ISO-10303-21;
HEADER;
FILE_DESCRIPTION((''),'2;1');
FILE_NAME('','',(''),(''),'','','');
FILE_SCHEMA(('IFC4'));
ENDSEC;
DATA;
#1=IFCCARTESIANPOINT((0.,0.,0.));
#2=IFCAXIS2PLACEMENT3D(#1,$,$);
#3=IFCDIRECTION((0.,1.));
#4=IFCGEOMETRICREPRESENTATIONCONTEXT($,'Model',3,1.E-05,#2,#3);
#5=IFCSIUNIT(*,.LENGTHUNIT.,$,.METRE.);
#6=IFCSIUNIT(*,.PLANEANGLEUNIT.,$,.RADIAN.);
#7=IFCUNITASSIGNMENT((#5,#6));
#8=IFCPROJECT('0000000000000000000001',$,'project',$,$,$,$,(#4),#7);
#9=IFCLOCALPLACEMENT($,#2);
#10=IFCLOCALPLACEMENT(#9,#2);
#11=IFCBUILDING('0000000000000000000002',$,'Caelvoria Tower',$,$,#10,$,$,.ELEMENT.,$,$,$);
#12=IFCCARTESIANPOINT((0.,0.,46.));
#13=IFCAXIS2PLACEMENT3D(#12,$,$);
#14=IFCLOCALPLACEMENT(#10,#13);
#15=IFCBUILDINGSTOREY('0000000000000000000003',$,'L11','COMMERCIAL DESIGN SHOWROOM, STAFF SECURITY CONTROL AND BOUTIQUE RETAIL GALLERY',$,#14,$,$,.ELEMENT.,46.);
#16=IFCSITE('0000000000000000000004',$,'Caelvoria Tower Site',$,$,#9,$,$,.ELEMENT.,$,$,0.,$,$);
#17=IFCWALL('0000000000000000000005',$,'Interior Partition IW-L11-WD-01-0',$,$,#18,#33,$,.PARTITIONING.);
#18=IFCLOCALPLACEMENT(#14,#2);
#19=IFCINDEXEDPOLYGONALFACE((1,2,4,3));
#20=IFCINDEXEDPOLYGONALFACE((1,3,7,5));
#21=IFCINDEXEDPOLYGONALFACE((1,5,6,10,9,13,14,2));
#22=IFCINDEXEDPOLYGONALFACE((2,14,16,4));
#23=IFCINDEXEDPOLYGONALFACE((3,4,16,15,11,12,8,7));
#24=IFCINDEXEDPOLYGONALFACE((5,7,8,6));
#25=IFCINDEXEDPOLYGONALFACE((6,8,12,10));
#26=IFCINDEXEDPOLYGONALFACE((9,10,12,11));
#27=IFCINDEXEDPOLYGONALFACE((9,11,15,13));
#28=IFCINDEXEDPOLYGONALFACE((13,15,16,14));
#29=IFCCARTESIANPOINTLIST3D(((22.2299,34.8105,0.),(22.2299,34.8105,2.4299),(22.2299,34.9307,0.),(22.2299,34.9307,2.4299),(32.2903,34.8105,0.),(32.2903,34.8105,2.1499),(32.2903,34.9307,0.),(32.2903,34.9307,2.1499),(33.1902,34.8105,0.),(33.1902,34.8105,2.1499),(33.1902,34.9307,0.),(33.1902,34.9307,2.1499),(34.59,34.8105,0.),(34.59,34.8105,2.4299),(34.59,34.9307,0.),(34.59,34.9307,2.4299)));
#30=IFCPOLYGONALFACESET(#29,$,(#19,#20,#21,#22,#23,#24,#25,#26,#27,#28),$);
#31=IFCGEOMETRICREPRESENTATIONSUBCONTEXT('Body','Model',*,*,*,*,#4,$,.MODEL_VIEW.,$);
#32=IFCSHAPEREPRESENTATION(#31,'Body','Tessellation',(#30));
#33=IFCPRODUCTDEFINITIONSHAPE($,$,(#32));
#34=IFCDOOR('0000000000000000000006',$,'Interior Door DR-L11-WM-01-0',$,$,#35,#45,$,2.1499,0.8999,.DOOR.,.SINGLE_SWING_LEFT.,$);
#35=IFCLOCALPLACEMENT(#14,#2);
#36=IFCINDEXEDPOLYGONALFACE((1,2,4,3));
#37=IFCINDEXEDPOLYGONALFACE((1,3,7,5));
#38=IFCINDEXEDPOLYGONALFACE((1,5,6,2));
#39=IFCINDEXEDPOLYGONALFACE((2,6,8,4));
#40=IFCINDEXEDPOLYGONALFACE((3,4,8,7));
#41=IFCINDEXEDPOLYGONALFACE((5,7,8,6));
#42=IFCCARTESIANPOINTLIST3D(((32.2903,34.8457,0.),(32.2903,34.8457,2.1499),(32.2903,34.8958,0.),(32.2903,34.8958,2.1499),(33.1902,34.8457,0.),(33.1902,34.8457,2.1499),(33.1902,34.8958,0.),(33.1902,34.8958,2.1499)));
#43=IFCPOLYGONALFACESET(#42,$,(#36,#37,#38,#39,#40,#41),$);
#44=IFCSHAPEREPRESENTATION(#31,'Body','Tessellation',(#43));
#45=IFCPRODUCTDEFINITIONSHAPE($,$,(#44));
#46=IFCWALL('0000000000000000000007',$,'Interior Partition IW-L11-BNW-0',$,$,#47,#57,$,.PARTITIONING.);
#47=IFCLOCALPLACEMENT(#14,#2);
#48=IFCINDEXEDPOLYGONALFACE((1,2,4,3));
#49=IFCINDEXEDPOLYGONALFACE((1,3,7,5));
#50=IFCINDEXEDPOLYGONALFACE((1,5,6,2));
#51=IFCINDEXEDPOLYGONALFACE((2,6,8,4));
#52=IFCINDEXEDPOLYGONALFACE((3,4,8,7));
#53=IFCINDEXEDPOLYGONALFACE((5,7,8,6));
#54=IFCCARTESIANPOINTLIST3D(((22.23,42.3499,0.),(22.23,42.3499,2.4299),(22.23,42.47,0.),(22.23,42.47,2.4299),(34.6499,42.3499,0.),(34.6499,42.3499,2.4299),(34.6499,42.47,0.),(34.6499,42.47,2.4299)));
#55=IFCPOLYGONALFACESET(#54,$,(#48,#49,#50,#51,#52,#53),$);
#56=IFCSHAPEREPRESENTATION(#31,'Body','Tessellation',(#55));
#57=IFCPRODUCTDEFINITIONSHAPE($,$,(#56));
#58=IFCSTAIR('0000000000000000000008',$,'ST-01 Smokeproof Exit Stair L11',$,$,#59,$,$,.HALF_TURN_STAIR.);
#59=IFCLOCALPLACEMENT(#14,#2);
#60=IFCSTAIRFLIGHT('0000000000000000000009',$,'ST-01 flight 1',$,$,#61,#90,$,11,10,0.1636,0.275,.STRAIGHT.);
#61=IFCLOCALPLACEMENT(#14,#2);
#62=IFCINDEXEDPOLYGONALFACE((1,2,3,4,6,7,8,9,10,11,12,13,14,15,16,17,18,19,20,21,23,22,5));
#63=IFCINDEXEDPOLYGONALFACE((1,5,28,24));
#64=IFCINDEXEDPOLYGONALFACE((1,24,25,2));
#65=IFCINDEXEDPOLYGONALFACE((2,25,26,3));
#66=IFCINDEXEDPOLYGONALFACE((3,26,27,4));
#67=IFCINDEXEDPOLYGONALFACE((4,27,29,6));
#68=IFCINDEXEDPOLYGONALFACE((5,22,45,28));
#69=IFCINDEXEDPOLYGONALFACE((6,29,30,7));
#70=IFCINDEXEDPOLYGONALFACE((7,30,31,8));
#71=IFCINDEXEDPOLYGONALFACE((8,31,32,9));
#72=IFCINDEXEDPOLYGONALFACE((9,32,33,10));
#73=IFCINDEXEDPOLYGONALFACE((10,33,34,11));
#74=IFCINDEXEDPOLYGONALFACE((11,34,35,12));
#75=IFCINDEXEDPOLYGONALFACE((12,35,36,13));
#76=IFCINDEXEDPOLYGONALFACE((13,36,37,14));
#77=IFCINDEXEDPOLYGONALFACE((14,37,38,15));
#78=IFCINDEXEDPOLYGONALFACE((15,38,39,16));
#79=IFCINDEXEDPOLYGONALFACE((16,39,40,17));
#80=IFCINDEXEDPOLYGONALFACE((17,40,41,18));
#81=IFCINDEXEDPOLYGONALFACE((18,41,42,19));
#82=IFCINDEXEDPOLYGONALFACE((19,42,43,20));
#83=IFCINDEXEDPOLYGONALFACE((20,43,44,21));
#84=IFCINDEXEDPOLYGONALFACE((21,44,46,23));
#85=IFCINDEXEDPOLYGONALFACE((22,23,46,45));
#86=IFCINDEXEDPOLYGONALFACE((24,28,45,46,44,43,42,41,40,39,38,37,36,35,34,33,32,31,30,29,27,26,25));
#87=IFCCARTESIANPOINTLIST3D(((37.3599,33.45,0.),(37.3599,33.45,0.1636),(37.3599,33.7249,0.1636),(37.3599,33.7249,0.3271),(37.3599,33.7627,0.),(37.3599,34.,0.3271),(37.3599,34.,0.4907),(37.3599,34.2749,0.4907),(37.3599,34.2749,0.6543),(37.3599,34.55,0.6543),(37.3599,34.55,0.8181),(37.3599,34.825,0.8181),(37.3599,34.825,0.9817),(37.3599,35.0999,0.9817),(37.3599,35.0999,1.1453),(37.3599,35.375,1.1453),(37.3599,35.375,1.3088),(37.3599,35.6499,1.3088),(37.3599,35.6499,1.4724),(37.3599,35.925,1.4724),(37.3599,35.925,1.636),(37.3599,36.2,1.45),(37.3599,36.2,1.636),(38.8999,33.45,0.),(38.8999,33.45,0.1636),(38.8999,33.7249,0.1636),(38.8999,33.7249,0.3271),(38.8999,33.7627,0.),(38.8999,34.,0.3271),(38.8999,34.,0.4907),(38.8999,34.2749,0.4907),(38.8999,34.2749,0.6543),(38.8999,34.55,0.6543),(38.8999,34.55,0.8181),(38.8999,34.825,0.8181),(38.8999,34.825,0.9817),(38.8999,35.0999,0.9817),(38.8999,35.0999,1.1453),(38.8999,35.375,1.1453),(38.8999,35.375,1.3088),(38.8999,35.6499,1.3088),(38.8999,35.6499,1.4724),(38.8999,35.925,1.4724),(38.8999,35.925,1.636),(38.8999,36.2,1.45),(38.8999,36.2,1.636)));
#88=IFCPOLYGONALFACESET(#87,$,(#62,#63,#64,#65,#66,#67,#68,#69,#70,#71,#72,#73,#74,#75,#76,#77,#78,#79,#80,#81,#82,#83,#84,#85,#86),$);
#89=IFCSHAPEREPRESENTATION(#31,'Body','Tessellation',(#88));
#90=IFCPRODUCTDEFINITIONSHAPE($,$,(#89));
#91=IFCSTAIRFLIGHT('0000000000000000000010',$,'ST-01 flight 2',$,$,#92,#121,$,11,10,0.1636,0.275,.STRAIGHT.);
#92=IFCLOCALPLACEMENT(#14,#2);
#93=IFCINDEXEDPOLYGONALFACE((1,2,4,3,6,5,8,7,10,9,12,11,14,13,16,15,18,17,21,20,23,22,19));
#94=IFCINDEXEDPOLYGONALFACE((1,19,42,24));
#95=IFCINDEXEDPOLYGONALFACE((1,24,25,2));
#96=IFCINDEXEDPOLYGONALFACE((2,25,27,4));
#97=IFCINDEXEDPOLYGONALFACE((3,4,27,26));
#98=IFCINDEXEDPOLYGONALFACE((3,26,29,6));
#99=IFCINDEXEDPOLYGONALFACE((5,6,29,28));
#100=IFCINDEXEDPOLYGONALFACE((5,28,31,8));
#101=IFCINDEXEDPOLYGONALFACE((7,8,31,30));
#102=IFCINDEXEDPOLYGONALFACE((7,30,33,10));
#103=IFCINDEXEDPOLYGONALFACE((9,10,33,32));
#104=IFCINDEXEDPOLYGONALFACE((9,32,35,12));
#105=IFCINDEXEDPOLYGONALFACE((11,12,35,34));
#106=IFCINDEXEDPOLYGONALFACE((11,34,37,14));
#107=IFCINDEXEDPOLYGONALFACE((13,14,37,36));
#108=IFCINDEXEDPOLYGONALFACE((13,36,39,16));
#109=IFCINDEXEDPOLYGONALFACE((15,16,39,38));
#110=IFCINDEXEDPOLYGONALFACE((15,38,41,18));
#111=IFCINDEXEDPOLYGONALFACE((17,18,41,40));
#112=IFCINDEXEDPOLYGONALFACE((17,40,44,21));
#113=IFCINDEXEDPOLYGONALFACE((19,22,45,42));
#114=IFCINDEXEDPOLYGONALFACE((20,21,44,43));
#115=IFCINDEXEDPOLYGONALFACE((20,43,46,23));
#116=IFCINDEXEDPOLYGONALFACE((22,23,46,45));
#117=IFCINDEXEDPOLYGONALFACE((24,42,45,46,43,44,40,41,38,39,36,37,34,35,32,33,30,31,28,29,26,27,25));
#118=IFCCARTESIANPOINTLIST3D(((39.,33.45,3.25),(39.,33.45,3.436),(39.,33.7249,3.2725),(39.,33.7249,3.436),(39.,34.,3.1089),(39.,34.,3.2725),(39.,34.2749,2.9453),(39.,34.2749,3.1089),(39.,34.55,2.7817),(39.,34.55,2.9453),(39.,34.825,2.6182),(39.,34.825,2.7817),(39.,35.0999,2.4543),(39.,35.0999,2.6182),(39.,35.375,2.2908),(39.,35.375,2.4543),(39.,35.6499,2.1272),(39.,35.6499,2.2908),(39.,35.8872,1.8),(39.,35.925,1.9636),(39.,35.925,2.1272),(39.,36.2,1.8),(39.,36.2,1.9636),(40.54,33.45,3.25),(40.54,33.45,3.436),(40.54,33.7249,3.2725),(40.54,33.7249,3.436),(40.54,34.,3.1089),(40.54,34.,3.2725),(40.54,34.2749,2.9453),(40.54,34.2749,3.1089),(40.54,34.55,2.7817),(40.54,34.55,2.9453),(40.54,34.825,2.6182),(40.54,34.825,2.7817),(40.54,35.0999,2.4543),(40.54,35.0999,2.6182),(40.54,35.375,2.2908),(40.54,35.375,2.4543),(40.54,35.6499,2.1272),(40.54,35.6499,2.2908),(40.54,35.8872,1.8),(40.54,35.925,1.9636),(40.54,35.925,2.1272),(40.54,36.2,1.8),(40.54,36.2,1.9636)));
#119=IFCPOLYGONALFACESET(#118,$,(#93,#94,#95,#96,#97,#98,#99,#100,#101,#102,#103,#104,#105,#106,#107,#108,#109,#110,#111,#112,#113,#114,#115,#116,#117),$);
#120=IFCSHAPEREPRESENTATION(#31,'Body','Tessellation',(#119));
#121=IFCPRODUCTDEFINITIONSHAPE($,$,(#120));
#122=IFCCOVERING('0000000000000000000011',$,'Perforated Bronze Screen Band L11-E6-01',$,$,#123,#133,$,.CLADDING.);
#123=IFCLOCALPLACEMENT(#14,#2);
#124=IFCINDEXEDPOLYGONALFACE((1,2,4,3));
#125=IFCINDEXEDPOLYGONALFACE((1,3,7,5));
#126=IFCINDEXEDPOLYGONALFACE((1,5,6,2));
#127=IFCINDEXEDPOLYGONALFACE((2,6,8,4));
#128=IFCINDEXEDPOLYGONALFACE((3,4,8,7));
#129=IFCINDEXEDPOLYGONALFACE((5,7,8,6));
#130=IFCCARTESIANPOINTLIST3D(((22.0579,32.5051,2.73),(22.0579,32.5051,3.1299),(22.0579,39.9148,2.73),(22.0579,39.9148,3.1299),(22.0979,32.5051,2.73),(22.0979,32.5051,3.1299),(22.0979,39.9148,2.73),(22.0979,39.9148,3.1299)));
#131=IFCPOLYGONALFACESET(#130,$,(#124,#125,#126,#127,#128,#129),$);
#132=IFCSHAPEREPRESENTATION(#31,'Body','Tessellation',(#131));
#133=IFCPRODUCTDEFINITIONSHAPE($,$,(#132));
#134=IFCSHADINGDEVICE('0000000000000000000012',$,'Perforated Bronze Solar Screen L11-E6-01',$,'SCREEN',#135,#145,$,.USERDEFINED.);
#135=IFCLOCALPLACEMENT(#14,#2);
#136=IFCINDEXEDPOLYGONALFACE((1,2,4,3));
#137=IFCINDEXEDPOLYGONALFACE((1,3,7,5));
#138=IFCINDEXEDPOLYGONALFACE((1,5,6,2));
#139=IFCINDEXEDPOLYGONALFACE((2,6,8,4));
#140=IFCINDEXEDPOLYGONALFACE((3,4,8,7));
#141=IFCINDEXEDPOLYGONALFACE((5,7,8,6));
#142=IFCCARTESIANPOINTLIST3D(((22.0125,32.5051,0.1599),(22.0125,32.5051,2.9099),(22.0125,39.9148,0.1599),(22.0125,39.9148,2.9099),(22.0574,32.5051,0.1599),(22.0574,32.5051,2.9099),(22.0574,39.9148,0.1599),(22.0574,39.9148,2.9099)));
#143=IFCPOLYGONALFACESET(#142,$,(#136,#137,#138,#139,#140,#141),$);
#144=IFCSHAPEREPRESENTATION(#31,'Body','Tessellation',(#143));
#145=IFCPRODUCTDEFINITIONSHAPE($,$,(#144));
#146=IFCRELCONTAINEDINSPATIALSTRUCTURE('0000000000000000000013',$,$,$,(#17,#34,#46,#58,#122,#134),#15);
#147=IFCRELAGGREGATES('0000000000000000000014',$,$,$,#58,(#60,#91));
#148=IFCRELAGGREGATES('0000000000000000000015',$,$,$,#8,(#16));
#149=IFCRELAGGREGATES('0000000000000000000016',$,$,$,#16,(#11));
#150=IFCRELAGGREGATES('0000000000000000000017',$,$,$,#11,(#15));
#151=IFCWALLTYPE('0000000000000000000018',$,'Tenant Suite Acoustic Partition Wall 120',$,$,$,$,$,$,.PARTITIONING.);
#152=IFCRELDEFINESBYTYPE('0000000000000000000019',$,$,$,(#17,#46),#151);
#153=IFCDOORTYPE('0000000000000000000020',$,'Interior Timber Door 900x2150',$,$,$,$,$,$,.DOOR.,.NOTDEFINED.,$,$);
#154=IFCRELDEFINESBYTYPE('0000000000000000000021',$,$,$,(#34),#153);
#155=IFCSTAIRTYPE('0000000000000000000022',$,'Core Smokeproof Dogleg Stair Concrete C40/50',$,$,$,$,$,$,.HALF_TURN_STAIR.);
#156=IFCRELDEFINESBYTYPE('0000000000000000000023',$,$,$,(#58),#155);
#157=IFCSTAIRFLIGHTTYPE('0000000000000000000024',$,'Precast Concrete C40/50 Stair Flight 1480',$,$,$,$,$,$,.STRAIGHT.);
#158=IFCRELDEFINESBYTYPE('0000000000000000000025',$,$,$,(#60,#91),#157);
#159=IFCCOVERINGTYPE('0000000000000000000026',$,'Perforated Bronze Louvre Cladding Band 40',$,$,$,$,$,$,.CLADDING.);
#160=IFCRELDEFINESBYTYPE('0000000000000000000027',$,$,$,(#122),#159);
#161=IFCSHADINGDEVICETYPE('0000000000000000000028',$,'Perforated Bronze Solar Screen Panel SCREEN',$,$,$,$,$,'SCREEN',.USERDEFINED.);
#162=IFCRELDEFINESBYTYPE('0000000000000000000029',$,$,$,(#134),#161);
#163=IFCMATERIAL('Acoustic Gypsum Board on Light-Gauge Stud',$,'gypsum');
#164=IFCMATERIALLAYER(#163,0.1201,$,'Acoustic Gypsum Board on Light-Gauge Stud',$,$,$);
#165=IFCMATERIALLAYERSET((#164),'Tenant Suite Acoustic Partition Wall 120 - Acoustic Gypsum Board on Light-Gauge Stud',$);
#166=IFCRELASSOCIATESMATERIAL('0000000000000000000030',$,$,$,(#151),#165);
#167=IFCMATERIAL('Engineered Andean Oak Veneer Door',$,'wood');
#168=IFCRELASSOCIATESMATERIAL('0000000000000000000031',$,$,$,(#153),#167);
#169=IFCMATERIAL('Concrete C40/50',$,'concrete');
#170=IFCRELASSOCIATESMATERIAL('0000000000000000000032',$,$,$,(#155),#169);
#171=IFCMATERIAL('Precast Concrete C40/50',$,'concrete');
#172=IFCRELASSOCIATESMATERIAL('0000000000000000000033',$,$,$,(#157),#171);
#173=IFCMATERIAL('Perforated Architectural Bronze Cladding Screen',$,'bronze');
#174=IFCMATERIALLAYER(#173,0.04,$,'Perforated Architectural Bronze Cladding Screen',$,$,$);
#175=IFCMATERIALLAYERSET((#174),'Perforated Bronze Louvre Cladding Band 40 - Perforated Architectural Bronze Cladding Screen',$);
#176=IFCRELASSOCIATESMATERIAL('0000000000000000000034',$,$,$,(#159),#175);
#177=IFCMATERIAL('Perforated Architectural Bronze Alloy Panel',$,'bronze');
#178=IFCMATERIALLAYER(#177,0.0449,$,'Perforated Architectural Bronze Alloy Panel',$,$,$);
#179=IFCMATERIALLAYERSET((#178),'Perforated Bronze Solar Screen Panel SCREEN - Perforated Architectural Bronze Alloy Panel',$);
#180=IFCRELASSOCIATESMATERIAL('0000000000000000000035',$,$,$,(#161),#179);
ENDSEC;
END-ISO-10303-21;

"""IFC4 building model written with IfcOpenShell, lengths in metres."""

from ifc_helpers import new_model, si_unit, direction, frame, frame_2d, origin, origin_2d, place, context, subcontext, project, spatial, polyline, rectangle, outline, extrude, material, layer, layer_set, type_object, element, fill, aggregate, save


model = new_model("IFC4")

# Units and contexts
model_context = context("Model", 3, precision=1e-05, world=origin(), true_north=direction((0.0, 1.0)))
body_context = subcontext(model_context, "Body", "Model", "MODEL_VIEW")
ifc_project = project(units=[si_unit("LENGTHUNIT", "METRE"), si_unit("PLANEANGLEUNIT", "RADIAN")], contexts=[model_context])

# Site, building, storey
site_placement = place(None, origin())
site = spatial("IfcSite", under=ifc_project, at=site_placement, Name="Caelvoria Tower Site", CompositionType="ELEMENT", RefElevation=0.0)
building_placement = place(site_placement, origin())
building = spatial("IfcBuilding", under=site, at=building_placement, Name="Caelvoria Tower", CompositionType="ELEMENT")
storey_placement = place(building_placement, frame((0.0, 0.0, 46.0)))
storey = spatial("IfcBuildingStorey", under=building, at=storey_placement, Name="L11", Description="COMMERCIAL DESIGN SHOWROOM, STAFF SECURITY CONTROL AND BOUTIQUE RETAIL GALLERY", CompositionType="ELEMENT", Elevation=46.0)

# Wall, opening, door
ifc_material_1 = material(Name="Acoustic Gypsum Board on Light-Gauge Stud", Category="gypsum")
ifc_layer_1 = layer(ifc_material_1, 0.1201, Name="Acoustic Gypsum Board on Light-Gauge Stud")
ifc_layer_set_1 = layer_set([ifc_layer_1], Name="Tenant Suite Acoustic Partition Wall 120 - Acoustic Gypsum Board on Light-Gauge Stud")
wall_type_1 = type_object("IfcWallType", Name="Tenant Suite Acoustic Partition Wall 120", PredefinedType="PARTITIONING", material=ifc_layer_set_1)
ifc_material_2 = material(Name="Engineered Andean Oak Veneer Door", Category="wood")
door_type_1 = type_object("IfcDoorType", Name="Interior Timber Door 900x2150", OperationType="NOTDEFINED", PredefinedType="DOOR", material=ifc_material_2)
wall_1_placement = place(storey_placement, frame((34.5901, 34.8706, 0.0), z_axis=(0.0, 0.0, 1.0), x_axis=(-1.0, 0.0, 0.0)))
wall_1 = element("IfcWall", 1, at=wall_1_placement, inside=storey, type_object=wall_type_1, Name="Interior Partition IW-L11-WD-01-0", PredefinedType="PARTITIONING", context=body_context, shape_type="SweptSolid", body=[
    extrude(rectangle(XDim=12.3601, YDim=0.1201, at=frame_2d((6.1802, 0.0))), origin(), (0.0, 0.0, 1.0), 2.4299),
])
opening_1_placement = place(wall_1_placement, frame((1.3999, 0.0, 0.0)))
opening_1 = element("IfcOpeningElement", 2, at=opening_1_placement, cuts=wall_1, PredefinedType="OPENING", context=body_context, shape_type="SweptSolid", body=[
    extrude(rectangle(XDim=0.8999, YDim=2.1499, at=frame_2d((0.45, 1.075))), frame((0.0, 0.0701, 0.0), z_axis=(0.0, -1.0, 0.0), x_axis=(1.0, 0.0, 0.0)), (0.0, 0.0, 1.0), 0.1401),
])
door_1_placement = place(opening_1_placement, origin())
door_1 = element("IfcDoor", 3, at=door_1_placement, inside=storey, type_object=door_type_1, Name="Interior Door DR-L11-WM-01-0", OperationType="SINGLE_SWING_LEFT", OverallHeight=2.1499, OverallWidth=0.8999, PredefinedType="DOOR", context=body_context, shape_type="SweptSolid", body=[
    extrude(rectangle(XDim=0.8999, YDim=2.1499, at=frame_2d((0.45, 1.075))), frame((0.0, 0.0249, 0.0), z_axis=(0.0, -1.0, 0.0), x_axis=(1.0, 0.0, 0.0)), (0.0, 0.0, 1.0), 0.05),
])
fill(opening_1, door_1)

# Wall
wall_2_placement = place(storey_placement, frame((34.6499, 42.4099, 0.0), z_axis=(0.0, 0.0, 1.0), x_axis=(-1.0, 0.0, 0.0)))
element("IfcWall", 4, at=wall_2_placement, inside=storey, type_object=wall_type_1, Name="Interior Partition IW-L11-BNW-0", PredefinedType="PARTITIONING", context=body_context, shape_type="SweptSolid", body=[
    extrude(rectangle(XDim=12.4199, YDim=0.1201, at=frame_2d((6.21, 0.0))), origin(), (0.0, 0.0, 1.0), 2.4299),
])

# Stair, stair flights
ifc_material_3 = material(Name="Concrete C40/50", Category="concrete")
stair_type = type_object("IfcStairType", Name="Core Smokeproof Dogleg Stair Concrete C40/50", PredefinedType="HALF_TURN_STAIR", material=ifc_material_3)
stair_placement = place(storey_placement, origin())
stair = element("IfcStair", 5, at=stair_placement, inside=storey, type_object=stair_type, Name="ST-01 Smokeproof Exit Stair L11", PredefinedType="HALF_TURN_STAIR")
ifc_material_4 = material(Name="Precast Concrete C40/50", Category="concrete")
stair_flight_type = type_object("IfcStairFlightType", Name="Precast Concrete C40/50 Stair Flight 1480", PredefinedType="STRAIGHT", material=ifc_material_4)
stair_flight_1_placement = place(storey_placement, frame((38.1299, 33.45, 0.0), z_axis=(0.0, 0.0, 1.0), x_axis=(0.0, 1.0, 0.0)))
stair_flight_1 = element("IfcStairFlight", 6, at=stair_flight_1_placement, type_object=stair_flight_type, Name="ST-01 flight 1", NumberOfRisers=11, NumberOfTreads=10, PredefinedType="STRAIGHT", RiserHeight=0.1636, TreadLength=0.275, context=body_context, shape_type="SweptSolid", body=[
    extrude(outline(polyline([(0.0, 0.0), (0.0, 0.1636), (0.2749, 0.1636), (0.2749, 0.3271), (0.55, 0.3271), (0.55, 0.4907), (0.825, 0.4907), (0.825, 0.6543), (1.1001, 0.6543), (1.1001, 0.8181), (1.375, 0.8181), (1.375, 0.9817), (1.6499, 0.9817), (1.6499, 1.1453), (1.925, 1.1453), (1.925, 1.3088), (2.2, 1.3088), (2.2, 1.4724), (2.4751, 1.4724), (2.4751, 1.636), (2.75, 1.636), (2.75, 1.7996), (2.75, 1.45), (0.3127, 0.0), (0.0, 0.0)])), frame((0.0, 0.77, 0.0), z_axis=(0.0, -1.0, 0.0), x_axis=(1.0, 0.0, 0.0)), (0.0, 0.0, 1.0), 1.54),
])
stair_flight_2_placement = place(storey_placement, frame((39.77, 36.2, 1.8), z_axis=(0.0, 0.0, 1.0), x_axis=(0.0, -1.0, 0.0)))
stair_flight_2 = element("IfcStairFlight", 7, at=stair_flight_2_placement, type_object=stair_flight_type, Name="ST-01 flight 2", NumberOfRisers=11, NumberOfTreads=10, PredefinedType="STRAIGHT", RiserHeight=0.1636, TreadLength=0.275, context=body_context, shape_type="SweptSolid", body=[
    extrude(outline(polyline([(0.0, 0.0), (0.0, 0.1636), (0.2749, 0.1636), (0.2749, 0.3271), (0.55, 0.3271), (0.55, 0.4907), (0.825, 0.4907), (0.825, 0.6543), (1.1001, 0.6543), (1.1001, 0.8181), (1.375, 0.8181), (1.375, 0.9817), (1.6499, 0.9817), (1.6499, 1.1453), (1.925, 1.1453), (1.925, 1.3088), (2.2, 1.3088), (2.2, 1.4724), (2.4751, 1.4724), (2.4751, 1.636), (2.75, 1.636), (2.75, 1.7996), (2.75, 1.45), (0.3127, 0.0), (0.0, 0.0)])), frame((0.0, 0.77, 0.0), z_axis=(0.0, -1.0, 0.0), x_axis=(1.0, 0.0, 0.0)), (0.0, 0.0, 1.0), 1.54),
])
aggregate(stair, [stair_flight_1, stair_flight_2])

# Covering
ifc_material_5 = material(Name="Perforated Architectural Bronze Cladding Screen", Category="bronze")
ifc_layer_2 = layer(ifc_material_5, 0.04, Name="Perforated Architectural Bronze Cladding Screen")
ifc_layer_set_2 = layer_set([ifc_layer_2], Name="Perforated Bronze Louvre Cladding Band 40 - Perforated Architectural Bronze Cladding Screen")
covering_type = type_object("IfcCoveringType", Name="Perforated Bronze Louvre Cladding Band 40", PredefinedType="CLADDING", material=ifc_layer_set_2)
covering_placement = place(storey_placement, frame((22.0779, 36.21, 2.73), z_axis=(0.0, 0.0, 1.0), x_axis=(0.0, -1.0, 0.0)))
element("IfcCovering", 8, at=covering_placement, inside=storey, type_object=covering_type, Name="Perforated Bronze Screen Band L11-E6-01", PredefinedType="CLADDING", context=body_context, shape_type="SweptSolid", body=[
    extrude(rectangle(XDim=7.4097, YDim=0.04, at=origin_2d()), origin(), (0.0, 0.0, 1.0), 0.3999),
])

# Shading device
ifc_material_6 = material(Name="Perforated Architectural Bronze Alloy Panel", Category="bronze")
ifc_layer_3 = layer(ifc_material_6, 0.0449, Name="Perforated Architectural Bronze Alloy Panel")
ifc_layer_set_3 = layer_set([ifc_layer_3], Name="Perforated Bronze Solar Screen Panel SCREEN - Perforated Architectural Bronze Alloy Panel")
shading_device_type = type_object("IfcShadingDeviceType", Name="Perforated Bronze Solar Screen Panel SCREEN", ElementType="SCREEN", PredefinedType="USERDEFINED", material=ifc_layer_set_3)
shading_device_placement = place(storey_placement, frame((22.0349, 36.21, 0.1599), z_axis=(0.0, 0.0, 1.0), x_axis=(0.0, -1.0, 0.0)))
element("IfcShadingDevice", 9, at=shading_device_placement, inside=storey, type_object=shading_device_type, Name="Perforated Bronze Solar Screen L11-E6-01", ObjectType="SCREEN", PredefinedType="USERDEFINED", context=body_context, shape_type="SweptSolid", body=[
    extrude(rectangle(XDim=7.4097, YDim=0.0449, at=origin_2d()), origin(), (0.0, 0.0, 1.0), 2.75),
])

save(model, "model.ifc")
